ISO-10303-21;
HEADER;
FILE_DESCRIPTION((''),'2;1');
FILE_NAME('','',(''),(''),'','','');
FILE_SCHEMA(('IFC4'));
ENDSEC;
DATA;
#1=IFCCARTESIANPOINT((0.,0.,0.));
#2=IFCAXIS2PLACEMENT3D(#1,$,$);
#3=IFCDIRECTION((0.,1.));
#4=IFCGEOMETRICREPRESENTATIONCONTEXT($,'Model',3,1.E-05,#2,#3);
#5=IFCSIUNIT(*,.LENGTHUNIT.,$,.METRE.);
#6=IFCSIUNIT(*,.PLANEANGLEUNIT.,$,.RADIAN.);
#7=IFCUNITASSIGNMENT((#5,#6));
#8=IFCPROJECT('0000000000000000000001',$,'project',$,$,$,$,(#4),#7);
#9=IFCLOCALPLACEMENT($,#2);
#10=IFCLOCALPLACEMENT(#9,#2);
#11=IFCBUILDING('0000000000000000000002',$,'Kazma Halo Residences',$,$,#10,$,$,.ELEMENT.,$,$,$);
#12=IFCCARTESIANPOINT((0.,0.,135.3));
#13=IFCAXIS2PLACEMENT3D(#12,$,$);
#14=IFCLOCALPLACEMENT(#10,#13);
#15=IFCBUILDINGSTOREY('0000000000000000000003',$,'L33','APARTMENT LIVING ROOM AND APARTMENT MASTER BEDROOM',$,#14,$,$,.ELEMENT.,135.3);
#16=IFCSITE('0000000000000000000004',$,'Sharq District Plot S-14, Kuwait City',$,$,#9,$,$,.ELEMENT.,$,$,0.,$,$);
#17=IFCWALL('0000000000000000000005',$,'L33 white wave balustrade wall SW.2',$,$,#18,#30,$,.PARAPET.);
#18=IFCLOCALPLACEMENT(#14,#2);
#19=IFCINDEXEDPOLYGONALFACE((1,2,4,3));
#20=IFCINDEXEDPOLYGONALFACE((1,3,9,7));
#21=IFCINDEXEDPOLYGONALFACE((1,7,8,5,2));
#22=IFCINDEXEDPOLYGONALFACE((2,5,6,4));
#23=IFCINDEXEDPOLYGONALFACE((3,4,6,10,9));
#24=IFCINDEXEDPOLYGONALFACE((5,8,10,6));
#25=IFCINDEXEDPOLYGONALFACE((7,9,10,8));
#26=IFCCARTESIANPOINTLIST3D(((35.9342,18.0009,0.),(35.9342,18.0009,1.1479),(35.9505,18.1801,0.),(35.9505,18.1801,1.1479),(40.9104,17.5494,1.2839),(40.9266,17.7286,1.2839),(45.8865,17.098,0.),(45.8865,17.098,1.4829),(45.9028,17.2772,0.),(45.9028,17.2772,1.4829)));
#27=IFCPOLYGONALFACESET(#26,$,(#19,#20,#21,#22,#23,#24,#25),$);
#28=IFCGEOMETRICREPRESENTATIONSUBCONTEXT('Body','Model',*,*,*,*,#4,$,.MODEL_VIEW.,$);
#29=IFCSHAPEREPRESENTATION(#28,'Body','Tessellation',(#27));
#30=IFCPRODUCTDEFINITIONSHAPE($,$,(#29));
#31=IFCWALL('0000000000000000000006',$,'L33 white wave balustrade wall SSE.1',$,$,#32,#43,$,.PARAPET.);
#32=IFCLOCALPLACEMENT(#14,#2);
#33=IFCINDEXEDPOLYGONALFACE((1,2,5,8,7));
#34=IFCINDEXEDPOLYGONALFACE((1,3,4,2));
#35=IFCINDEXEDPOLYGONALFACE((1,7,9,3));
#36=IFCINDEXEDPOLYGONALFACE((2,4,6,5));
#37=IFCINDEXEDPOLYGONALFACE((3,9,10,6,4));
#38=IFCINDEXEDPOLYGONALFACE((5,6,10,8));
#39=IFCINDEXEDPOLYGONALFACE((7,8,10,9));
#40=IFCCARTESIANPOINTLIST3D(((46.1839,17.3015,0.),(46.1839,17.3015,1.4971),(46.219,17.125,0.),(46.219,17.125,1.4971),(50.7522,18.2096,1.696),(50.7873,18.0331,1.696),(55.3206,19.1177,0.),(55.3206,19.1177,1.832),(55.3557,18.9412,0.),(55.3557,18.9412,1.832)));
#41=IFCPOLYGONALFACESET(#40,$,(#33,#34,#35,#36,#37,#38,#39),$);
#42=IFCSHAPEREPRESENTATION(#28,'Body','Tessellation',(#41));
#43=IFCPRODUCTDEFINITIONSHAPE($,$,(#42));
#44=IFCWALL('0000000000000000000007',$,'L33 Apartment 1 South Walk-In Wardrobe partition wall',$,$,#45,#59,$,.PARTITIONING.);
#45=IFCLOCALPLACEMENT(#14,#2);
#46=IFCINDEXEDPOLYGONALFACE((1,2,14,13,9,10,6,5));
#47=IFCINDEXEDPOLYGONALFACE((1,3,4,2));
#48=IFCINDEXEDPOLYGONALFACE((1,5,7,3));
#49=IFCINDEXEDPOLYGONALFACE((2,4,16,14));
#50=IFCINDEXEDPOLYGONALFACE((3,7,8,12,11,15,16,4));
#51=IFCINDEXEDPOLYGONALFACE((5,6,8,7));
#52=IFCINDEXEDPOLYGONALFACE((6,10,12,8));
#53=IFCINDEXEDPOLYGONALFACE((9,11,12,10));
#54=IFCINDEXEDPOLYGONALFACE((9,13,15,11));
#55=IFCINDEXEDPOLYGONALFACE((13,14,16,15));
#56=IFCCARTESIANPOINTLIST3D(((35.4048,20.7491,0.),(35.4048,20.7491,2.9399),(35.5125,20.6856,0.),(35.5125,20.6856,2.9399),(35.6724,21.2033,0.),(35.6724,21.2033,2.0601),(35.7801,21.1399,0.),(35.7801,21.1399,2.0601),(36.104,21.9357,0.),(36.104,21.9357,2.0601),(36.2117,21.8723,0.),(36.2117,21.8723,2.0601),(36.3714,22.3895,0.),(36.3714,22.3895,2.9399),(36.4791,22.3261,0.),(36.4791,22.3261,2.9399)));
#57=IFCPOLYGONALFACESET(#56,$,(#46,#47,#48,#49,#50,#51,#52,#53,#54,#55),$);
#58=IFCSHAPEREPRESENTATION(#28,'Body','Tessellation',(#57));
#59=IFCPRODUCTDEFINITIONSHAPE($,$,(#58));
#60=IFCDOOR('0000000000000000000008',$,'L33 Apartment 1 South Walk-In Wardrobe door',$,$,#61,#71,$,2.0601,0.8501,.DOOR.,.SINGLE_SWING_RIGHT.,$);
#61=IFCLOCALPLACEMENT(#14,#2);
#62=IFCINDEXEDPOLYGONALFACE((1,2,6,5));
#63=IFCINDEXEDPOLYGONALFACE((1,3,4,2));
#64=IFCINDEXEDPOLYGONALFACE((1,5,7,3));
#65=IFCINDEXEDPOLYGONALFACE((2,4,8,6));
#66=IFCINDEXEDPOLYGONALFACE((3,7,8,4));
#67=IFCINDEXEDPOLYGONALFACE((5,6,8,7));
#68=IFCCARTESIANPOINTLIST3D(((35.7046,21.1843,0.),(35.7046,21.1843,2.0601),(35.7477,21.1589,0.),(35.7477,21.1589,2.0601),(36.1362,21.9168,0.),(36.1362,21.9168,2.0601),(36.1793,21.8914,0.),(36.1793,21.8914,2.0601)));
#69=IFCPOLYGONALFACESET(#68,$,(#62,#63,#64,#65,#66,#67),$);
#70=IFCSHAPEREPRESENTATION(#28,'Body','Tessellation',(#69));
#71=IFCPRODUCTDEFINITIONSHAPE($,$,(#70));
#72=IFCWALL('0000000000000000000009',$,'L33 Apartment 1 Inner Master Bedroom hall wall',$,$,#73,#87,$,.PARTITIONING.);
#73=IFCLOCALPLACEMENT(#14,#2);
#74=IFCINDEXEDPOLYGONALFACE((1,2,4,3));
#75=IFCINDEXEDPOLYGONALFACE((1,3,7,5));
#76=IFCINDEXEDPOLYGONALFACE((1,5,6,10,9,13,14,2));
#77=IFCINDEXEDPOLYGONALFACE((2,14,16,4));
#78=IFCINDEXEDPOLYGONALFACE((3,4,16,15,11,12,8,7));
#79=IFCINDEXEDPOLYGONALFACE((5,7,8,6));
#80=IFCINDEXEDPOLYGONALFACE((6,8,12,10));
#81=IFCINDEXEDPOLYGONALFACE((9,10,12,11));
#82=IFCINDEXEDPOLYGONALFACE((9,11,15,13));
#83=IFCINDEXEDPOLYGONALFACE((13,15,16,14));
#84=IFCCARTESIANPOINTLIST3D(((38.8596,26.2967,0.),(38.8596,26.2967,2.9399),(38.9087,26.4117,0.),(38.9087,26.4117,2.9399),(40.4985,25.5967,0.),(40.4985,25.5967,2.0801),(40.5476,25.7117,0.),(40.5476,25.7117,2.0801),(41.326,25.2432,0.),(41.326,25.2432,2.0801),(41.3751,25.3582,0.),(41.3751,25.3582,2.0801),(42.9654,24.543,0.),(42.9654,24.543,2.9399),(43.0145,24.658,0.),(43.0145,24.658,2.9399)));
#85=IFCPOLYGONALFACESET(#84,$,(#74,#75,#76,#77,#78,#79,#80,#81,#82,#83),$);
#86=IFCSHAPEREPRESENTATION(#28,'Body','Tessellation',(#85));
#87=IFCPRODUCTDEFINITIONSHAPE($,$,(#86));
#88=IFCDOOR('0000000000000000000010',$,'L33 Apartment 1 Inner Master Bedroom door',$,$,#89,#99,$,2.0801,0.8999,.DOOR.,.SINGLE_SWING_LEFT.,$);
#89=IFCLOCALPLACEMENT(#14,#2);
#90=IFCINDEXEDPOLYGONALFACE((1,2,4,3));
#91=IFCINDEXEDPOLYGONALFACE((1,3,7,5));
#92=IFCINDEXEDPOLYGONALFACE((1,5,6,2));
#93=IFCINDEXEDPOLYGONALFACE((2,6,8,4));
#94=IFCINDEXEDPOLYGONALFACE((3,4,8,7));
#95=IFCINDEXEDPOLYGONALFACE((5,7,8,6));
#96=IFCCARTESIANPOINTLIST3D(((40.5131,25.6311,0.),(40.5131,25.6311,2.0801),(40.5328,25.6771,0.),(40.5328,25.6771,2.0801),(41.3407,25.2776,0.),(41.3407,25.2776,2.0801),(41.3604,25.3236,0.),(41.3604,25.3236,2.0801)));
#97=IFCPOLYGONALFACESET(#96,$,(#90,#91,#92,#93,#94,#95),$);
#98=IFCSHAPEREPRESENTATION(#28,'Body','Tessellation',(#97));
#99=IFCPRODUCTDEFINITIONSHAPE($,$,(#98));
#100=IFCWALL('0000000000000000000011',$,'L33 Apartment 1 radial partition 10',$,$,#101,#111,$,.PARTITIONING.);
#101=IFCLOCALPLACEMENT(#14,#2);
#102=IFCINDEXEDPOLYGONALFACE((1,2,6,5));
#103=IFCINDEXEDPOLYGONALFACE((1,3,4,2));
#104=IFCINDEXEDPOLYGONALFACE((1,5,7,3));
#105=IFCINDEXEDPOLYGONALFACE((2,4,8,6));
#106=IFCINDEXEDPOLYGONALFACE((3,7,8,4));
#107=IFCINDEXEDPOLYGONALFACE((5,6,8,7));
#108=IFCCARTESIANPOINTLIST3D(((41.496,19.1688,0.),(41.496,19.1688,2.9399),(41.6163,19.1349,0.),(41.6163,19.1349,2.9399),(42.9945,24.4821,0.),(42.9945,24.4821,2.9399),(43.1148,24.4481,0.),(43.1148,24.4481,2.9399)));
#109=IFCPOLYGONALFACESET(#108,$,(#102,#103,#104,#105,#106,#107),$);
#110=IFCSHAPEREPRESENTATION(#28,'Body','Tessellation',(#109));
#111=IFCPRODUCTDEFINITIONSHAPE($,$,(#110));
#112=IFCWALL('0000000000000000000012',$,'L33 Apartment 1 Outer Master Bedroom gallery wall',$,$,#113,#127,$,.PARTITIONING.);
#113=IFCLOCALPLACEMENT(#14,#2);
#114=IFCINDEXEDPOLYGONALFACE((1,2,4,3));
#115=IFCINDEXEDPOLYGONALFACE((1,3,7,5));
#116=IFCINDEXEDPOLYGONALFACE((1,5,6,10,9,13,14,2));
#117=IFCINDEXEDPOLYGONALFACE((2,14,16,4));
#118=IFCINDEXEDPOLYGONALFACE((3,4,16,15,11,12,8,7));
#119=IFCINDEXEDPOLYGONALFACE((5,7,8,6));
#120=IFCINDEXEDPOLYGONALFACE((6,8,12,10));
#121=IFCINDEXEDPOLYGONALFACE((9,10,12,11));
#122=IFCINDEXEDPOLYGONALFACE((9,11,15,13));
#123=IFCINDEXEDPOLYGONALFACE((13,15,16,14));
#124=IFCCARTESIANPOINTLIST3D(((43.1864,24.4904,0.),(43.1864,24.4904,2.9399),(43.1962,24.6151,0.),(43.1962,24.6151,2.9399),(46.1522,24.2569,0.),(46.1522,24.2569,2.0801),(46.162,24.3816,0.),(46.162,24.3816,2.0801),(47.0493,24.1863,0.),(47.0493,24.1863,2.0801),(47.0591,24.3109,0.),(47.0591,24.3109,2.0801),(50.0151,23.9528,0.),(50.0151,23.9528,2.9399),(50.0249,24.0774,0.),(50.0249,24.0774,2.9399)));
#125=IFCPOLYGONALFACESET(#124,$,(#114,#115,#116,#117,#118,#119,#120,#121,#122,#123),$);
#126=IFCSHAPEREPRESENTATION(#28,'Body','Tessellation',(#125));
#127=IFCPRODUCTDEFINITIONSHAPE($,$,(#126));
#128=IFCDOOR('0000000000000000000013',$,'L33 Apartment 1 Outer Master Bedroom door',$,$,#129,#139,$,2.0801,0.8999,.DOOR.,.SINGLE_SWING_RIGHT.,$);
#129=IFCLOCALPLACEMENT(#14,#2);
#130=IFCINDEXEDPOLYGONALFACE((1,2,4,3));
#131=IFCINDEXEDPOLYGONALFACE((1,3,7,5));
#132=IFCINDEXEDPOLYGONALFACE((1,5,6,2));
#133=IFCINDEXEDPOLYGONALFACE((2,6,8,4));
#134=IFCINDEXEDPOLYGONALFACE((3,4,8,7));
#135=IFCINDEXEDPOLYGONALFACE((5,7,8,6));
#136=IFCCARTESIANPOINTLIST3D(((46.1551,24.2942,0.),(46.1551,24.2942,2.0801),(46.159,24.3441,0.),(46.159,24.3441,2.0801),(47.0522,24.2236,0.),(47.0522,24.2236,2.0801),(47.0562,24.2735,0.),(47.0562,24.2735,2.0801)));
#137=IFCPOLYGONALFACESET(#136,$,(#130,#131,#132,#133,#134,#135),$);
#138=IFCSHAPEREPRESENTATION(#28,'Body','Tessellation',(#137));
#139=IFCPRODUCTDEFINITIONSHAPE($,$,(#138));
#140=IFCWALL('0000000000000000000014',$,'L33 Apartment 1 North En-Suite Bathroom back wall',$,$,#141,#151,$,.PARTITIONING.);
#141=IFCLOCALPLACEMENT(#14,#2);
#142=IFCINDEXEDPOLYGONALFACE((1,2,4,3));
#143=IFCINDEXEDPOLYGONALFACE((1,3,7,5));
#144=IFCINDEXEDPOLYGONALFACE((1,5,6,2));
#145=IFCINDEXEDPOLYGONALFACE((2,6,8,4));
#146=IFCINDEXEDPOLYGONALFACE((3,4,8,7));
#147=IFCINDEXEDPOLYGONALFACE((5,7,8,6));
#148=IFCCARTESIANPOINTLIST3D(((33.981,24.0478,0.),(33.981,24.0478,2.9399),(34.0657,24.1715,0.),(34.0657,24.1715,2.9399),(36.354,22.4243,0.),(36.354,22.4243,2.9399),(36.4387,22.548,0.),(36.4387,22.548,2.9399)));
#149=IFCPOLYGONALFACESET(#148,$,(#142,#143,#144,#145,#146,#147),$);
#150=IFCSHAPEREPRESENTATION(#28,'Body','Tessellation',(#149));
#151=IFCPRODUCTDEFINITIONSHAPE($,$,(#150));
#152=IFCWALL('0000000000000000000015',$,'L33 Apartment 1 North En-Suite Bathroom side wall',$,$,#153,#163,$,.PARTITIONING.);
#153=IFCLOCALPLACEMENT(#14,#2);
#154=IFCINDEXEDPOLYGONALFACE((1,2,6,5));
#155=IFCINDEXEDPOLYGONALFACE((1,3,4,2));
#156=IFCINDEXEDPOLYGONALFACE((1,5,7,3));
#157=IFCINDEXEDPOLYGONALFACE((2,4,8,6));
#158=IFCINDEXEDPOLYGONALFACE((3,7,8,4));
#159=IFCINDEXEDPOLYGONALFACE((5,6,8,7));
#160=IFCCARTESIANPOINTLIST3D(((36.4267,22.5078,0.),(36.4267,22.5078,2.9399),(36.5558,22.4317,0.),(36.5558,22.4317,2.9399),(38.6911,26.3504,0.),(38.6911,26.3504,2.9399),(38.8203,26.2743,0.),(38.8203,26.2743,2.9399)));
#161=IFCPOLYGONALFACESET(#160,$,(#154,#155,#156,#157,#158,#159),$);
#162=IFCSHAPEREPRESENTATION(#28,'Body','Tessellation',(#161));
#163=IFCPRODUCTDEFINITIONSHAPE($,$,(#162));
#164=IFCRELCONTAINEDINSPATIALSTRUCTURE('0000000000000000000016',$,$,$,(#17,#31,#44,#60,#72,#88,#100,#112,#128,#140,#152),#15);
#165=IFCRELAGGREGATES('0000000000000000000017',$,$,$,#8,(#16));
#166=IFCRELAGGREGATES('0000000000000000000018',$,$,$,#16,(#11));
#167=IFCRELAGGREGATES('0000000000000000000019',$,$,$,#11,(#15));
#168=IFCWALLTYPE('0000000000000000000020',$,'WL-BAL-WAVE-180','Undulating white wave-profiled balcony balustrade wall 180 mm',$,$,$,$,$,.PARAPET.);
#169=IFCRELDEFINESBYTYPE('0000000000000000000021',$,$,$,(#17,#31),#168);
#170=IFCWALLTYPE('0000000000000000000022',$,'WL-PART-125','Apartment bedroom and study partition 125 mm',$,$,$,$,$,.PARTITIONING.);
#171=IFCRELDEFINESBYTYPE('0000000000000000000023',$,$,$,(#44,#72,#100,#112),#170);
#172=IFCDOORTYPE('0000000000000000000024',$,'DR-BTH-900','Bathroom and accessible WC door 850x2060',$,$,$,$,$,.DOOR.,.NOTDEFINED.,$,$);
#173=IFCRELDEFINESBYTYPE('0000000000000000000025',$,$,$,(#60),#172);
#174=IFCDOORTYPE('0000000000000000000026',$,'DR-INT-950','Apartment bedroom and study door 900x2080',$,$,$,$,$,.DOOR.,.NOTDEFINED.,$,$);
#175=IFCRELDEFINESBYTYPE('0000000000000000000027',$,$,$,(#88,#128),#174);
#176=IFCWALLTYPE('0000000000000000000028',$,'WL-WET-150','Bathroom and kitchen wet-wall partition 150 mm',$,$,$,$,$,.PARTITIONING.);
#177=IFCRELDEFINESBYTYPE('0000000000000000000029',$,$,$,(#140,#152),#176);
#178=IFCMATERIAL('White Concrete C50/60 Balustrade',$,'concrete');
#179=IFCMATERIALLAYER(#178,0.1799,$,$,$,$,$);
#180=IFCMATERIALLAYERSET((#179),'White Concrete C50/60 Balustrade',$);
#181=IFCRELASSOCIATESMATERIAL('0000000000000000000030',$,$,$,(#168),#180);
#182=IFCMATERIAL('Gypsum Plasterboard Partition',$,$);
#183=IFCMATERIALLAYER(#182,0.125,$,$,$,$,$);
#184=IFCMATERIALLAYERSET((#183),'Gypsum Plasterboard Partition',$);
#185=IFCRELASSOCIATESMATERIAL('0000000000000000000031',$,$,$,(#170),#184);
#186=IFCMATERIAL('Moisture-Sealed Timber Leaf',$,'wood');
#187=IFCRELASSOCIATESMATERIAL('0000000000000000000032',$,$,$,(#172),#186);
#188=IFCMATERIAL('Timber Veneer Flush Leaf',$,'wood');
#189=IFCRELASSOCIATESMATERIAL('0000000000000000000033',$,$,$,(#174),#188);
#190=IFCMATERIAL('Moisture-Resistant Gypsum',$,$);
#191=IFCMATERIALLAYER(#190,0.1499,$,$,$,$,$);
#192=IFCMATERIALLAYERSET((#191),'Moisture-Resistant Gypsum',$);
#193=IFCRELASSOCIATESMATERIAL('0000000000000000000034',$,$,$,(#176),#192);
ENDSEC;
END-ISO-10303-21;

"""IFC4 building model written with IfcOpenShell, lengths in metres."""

from ifc_helpers import new_model, si_unit, direction, frame, frame_2d, origin, place, context, subcontext, project, spatial, polyline, rectangle, outline, extrude, material, layer, layer_set, type_object, element, fill, save


model = new_model("IFC4")

# Units and contexts
model_context = context("Model", 3, precision=1e-05, world=origin(), true_north=direction((0.0, 1.0)))
body_context = subcontext(model_context, "Body", "Model", "MODEL_VIEW")
ifc_project = project(units=[si_unit("LENGTHUNIT", "METRE"), si_unit("PLANEANGLEUNIT", "RADIAN")], contexts=[model_context])

# Site, building, storey
site_placement = place(None, origin())
site = spatial("IfcSite", under=ifc_project, at=site_placement, Name="Sharq District Plot S-14, Kuwait City", CompositionType="ELEMENT", RefElevation=0.0)
building_placement = place(site_placement, origin())
building = spatial("IfcBuilding", under=site, at=building_placement, Name="Kazma Halo Residences", CompositionType="ELEMENT")
storey_placement = place(building_placement, frame((0.0, 0.0, 135.3)))
storey = spatial("IfcBuildingStorey", under=building, at=storey_placement, Name="L33", Description="APARTMENT LIVING ROOM AND APARTMENT MASTER BEDROOM", CompositionType="ELEMENT", Elevation=135.3)

# Walls
ifc_material_1 = material(Name="White Concrete C50/60 Balustrade", Category="concrete")
ifc_layer_1 = layer(ifc_material_1, 0.1799)
ifc_layer_set_1 = layer_set([ifc_layer_1], Name="White Concrete C50/60 Balustrade")
wall_type_1 = type_object("IfcWallType", Name="WL-BAL-WAVE-180", Description="Undulating white wave-profiled balcony balustrade wall 180 mm", PredefinedType="PARAPET", material=ifc_layer_set_1)
wall_1_placement = place(storey_placement, frame((35.9424, 18.0906, 0.0), z_axis=(0.0, 0.0, 1.0), x_axis=(0.995911, -0.090344, 0.0)))
element("IfcWall", 1, at=wall_1_placement, inside=storey, type_object=wall_type_1, Name="L33 white wave balustrade wall SW.2", PredefinedType="PARAPET", context=body_context, shape_type="SweptSolid", body=[
    extrude(outline(polyline([(0.0, 0.0), (9.9932, 0.0), (9.9932, 1.4829), (4.9966, 1.2839), (0.0, 1.1479), (0.0, 0.0)])), frame((0.0, 0.0898, 0.0), z_axis=(0.0, -1.0, 0.0), x_axis=(1.0, 0.0, 0.0)), (0.0, 0.0, 1.0), 0.1799),
])
wall_2_placement = place(storey_placement, frame((46.2014, 17.2134, 0.0), z_axis=(0.0, 0.0, 1.0), x_axis=(0.980811, 0.194962, 0.0)))
element("IfcWall", 2, at=wall_2_placement, inside=storey, type_object=wall_type_1, Name="L33 white wave balustrade wall SSE.1", PredefinedType="PARAPET", context=body_context, shape_type="SweptSolid", body=[
    extrude(outline(polyline([(0.0, 0.0), (9.3154, 0.0), (9.3154, 1.832), (4.6577, 1.696), (0.0, 1.4971), (0.0, 0.0)])), frame((0.0, 0.0898, 0.0), z_axis=(0.0, -1.0, 0.0), x_axis=(1.0, 0.0, 0.0)), (0.0, 0.0, 1.0), 0.1799),
])

# Walls, openings, doors
ifc_material_2 = material(Name="Gypsum Plasterboard Partition")
ifc_layer_2 = layer(ifc_material_2, 0.125)
ifc_layer_set_2 = layer_set([ifc_layer_2], Name="Gypsum Plasterboard Partition")
wall_type_2 = type_object("IfcWallType", Name="WL-PART-125", Description="Apartment bedroom and study partition 125 mm", PredefinedType="PARTITIONING", material=ifc_layer_set_2)
wall_3_placement = place(storey_placement, frame((36.4253, 22.3579, 0.0), z_axis=(0.0, 0.0, 1.0), x_axis=(-0.507653, -0.861561, 0.0)))
wall_3 = element("IfcWall", 3, at=wall_3_placement, inside=storey, type_object=wall_type_2, Name="L33 Apartment 1 South Walk-In Wardrobe partition wall", PredefinedType="PARTITIONING", context=body_context, shape_type="SweptSolid", body=[
    extrude(rectangle(XDim=1.9041, YDim=0.125, at=frame_2d((0.9521, 0.0))), origin(), (0.0, 0.0, 1.0), 2.9399),
])
opening_1_placement = place(wall_3_placement, frame((0.5269, 0.0, 0.0)))
opening_1 = element("IfcOpeningElement", 4, at=opening_1_placement, cuts=wall_3, PredefinedType="OPENING", context=body_context, shape_type="SweptSolid", body=[
    extrude(rectangle(XDim=0.8501, YDim=2.0601, at=frame_2d((0.425, 1.03))), frame((0.0, 0.0725, 0.0), z_axis=(0.0, -1.0, 0.0), x_axis=(1.0, 0.0, 0.0)), (0.0, 0.0, 1.0), 0.145),
])
ifc_material_3 = material(Name="Moisture-Sealed Timber Leaf", Category="wood")
door_type_1 = type_object("IfcDoorType", Name="DR-BTH-900", Description="Bathroom and accessible WC door 850x2060", OperationType="NOTDEFINED", PredefinedType="DOOR", material=ifc_material_3)
door_1_placement = place(opening_1_placement, origin())
door_1 = element("IfcDoor", 5, at=door_1_placement, inside=storey, type_object=door_type_1, Name="L33 Apartment 1 South Walk-In Wardrobe door", OperationType="SINGLE_SWING_RIGHT", OverallHeight=2.0601, OverallWidth=0.8501, PredefinedType="DOOR", context=body_context, shape_type="SweptSolid", body=[
    extrude(rectangle(XDim=0.8501, YDim=2.0601, at=frame_2d((0.425, 1.03))), frame((0.0, 0.0249, 0.0), z_axis=(0.0, -1.0, 0.0), x_axis=(1.0, 0.0, 0.0)), (0.0, 0.0, 1.0), 0.05),
])
fill(opening_1, door_1)
wall_4_placement = place(storey_placement, frame((38.884, 26.3542, 0.0), z_axis=(0.0, 0.0, 1.0), x_axis=(0.919625, -0.392797, 0.0)))
wall_4 = element("IfcWall", 6, at=wall_4_placement, inside=storey, type_object=wall_type_2, Name="L33 Apartment 1 Inner Master Bedroom hall wall", PredefinedType="PARTITIONING", context=body_context, shape_type="SweptSolid", body=[
    extrude(rectangle(XDim=4.4646, YDim=0.125, at=frame_2d((2.2324, 0.0))), origin(), (0.0, 0.0, 1.0), 2.9399),
])
opening_2_placement = place(wall_4_placement, frame((1.7822, 0.0, 0.0)))
opening_2 = element("IfcOpeningElement", 7, at=opening_2_placement, cuts=wall_4, PredefinedType="OPENING", context=body_context, shape_type="SweptSolid", body=[
    extrude(rectangle(XDim=0.8999, YDim=2.0801, at=frame_2d((0.45, 1.04))), frame((0.0, 0.0725, 0.0), z_axis=(0.0, -1.0, 0.0), x_axis=(1.0, 0.0, 0.0)), (0.0, 0.0, 1.0), 0.145),
])
ifc_material_4 = material(Name="Timber Veneer Flush Leaf", Category="wood")
door_type_2 = type_object("IfcDoorType", Name="DR-INT-950", Description="Apartment bedroom and study door 900x2080", OperationType="NOTDEFINED", PredefinedType="DOOR", material=ifc_material_4)
door_2_placement = place(opening_2_placement, origin())
door_2 = element("IfcDoor", 8, at=door_2_placement, inside=storey, type_object=door_type_2, Name="L33 Apartment 1 Inner Master Bedroom door", OperationType="SINGLE_SWING_LEFT", OverallHeight=2.0801, OverallWidth=0.8999, PredefinedType="DOOR", context=body_context, shape_type="SweptSolid", body=[
    extrude(rectangle(XDim=0.8999, YDim=2.0801, at=frame_2d((0.45, 1.04))), frame((0.0, 0.0249, 0.0), z_axis=(0.0, -1.0, 0.0), x_axis=(1.0, 0.0, 0.0)), (0.0, 0.0, 1.0), 0.05),
])
fill(opening_2, door_2)

# Wall
wall_5_placement = place(storey_placement, frame((43.0547, 24.4651, 0.0), z_axis=(0.0, 0.0, 1.0), x_axis=(-0.271449, -0.962453, 0.0)))
element("IfcWall", 9, at=wall_5_placement, inside=storey, type_object=wall_type_2, Name="L33 Apartment 1 radial partition 10", PredefinedType="PARTITIONING", context=body_context, shape_type="SweptSolid", body=[
    extrude(rectangle(XDim=5.5205, YDim=0.125, at=frame_2d((2.7603, 0.0))), origin(), (0.0, 0.0, 1.0), 2.9399),
])

# Wall, opening, door
wall_6_placement = place(storey_placement, frame((43.1914, 24.5527, 0.0), z_axis=(0.0, 0.0, 1.0), x_axis=(0.996915, -0.078484, 0.0)))
wall_6 = element("IfcWall", 10, at=wall_6_placement, inside=storey, type_object=wall_type_2, Name="L33 Apartment 1 Outer Master Bedroom gallery wall", PredefinedType="PARTITIONING", context=body_context, shape_type="SweptSolid", body=[
    extrude(rectangle(XDim=6.8499, YDim=0.125, at=frame_2d((3.4248, 0.0))), origin(), (0.0, 0.0, 1.0), 2.9399),
])
opening_3_placement = place(wall_6_placement, frame((2.9749, 0.0, 0.0)))
opening_3 = element("IfcOpeningElement", 11, at=opening_3_placement, cuts=wall_6, PredefinedType="OPENING", context=body_context, shape_type="SweptSolid", body=[
    extrude(rectangle(XDim=0.8999, YDim=2.0801, at=frame_2d((0.45, 1.04))), frame((0.0, 0.0725, 0.0), z_axis=(0.0, -1.0, 0.0), x_axis=(1.0, 0.0, 0.0)), (0.0, 0.0, 1.0), 0.145),
])
door_3_placement = place(opening_3_placement, origin())
door_3 = element("IfcDoor", 12, at=door_3_placement, inside=storey, type_object=door_type_2, Name="L33 Apartment 1 Outer Master Bedroom door", OperationType="SINGLE_SWING_RIGHT", OverallHeight=2.0801, OverallWidth=0.8999, PredefinedType="DOOR", context=body_context, shape_type="SweptSolid", body=[
    extrude(rectangle(XDim=0.8999, YDim=2.0801, at=frame_2d((0.45, 1.04))), frame((0.0, 0.0249, 0.0), z_axis=(0.0, -1.0, 0.0), x_axis=(1.0, 0.0, 0.0)), (0.0, 0.0, 1.0), 0.05),
])
fill(opening_3, door_3)

# Walls
ifc_material_5 = material(Name="Moisture-Resistant Gypsum")
ifc_layer_3 = layer(ifc_material_5, 0.1499)
ifc_layer_set_3 = layer_set([ifc_layer_3], Name="Moisture-Resistant Gypsum")
wall_type_3 = type_object("IfcWallType", Name="WL-WET-150", Description="Bathroom and kitchen wet-wall partition 150 mm", PredefinedType="PARTITIONING", material=ifc_layer_set_3)
wall_7_placement = place(storey_placement, frame((34.0234, 24.1096, 0.0), z_axis=(0.0, 0.0, 1.0), x_axis=(0.825328, -0.564653, 0.0)))
element("IfcWall", 13, at=wall_7_placement, inside=storey, type_object=wall_type_3, Name="L33 Apartment 1 North En-Suite Bathroom back wall", PredefinedType="PARTITIONING", context=body_context, shape_type="SweptSolid", body=[
    extrude(rectangle(XDim=2.8752, YDim=0.1499, at=frame_2d((1.4375, 0.0))), origin(), (0.0, 0.0, 1.0), 2.9399),
])
wall_8_placement = place(storey_placement, frame((38.7556, 26.3123, 0.0), z_axis=(0.0, 0.0, 1.0), x_axis=(-0.507702, -0.861533, 0.0)))
element("IfcWall", 14, at=wall_8_placement, inside=storey, type_object=wall_type_3, Name="L33 Apartment 1 North En-Suite Bathroom side wall", PredefinedType="PARTITIONING", context=body_context, shape_type="SweptSolid", body=[
    extrude(rectangle(XDim=4.4602, YDim=0.1499, at=frame_2d((2.23, 0.0))), origin(), (0.0, 0.0, 1.0), 2.9399),
])

save(model, "model.ifc")
